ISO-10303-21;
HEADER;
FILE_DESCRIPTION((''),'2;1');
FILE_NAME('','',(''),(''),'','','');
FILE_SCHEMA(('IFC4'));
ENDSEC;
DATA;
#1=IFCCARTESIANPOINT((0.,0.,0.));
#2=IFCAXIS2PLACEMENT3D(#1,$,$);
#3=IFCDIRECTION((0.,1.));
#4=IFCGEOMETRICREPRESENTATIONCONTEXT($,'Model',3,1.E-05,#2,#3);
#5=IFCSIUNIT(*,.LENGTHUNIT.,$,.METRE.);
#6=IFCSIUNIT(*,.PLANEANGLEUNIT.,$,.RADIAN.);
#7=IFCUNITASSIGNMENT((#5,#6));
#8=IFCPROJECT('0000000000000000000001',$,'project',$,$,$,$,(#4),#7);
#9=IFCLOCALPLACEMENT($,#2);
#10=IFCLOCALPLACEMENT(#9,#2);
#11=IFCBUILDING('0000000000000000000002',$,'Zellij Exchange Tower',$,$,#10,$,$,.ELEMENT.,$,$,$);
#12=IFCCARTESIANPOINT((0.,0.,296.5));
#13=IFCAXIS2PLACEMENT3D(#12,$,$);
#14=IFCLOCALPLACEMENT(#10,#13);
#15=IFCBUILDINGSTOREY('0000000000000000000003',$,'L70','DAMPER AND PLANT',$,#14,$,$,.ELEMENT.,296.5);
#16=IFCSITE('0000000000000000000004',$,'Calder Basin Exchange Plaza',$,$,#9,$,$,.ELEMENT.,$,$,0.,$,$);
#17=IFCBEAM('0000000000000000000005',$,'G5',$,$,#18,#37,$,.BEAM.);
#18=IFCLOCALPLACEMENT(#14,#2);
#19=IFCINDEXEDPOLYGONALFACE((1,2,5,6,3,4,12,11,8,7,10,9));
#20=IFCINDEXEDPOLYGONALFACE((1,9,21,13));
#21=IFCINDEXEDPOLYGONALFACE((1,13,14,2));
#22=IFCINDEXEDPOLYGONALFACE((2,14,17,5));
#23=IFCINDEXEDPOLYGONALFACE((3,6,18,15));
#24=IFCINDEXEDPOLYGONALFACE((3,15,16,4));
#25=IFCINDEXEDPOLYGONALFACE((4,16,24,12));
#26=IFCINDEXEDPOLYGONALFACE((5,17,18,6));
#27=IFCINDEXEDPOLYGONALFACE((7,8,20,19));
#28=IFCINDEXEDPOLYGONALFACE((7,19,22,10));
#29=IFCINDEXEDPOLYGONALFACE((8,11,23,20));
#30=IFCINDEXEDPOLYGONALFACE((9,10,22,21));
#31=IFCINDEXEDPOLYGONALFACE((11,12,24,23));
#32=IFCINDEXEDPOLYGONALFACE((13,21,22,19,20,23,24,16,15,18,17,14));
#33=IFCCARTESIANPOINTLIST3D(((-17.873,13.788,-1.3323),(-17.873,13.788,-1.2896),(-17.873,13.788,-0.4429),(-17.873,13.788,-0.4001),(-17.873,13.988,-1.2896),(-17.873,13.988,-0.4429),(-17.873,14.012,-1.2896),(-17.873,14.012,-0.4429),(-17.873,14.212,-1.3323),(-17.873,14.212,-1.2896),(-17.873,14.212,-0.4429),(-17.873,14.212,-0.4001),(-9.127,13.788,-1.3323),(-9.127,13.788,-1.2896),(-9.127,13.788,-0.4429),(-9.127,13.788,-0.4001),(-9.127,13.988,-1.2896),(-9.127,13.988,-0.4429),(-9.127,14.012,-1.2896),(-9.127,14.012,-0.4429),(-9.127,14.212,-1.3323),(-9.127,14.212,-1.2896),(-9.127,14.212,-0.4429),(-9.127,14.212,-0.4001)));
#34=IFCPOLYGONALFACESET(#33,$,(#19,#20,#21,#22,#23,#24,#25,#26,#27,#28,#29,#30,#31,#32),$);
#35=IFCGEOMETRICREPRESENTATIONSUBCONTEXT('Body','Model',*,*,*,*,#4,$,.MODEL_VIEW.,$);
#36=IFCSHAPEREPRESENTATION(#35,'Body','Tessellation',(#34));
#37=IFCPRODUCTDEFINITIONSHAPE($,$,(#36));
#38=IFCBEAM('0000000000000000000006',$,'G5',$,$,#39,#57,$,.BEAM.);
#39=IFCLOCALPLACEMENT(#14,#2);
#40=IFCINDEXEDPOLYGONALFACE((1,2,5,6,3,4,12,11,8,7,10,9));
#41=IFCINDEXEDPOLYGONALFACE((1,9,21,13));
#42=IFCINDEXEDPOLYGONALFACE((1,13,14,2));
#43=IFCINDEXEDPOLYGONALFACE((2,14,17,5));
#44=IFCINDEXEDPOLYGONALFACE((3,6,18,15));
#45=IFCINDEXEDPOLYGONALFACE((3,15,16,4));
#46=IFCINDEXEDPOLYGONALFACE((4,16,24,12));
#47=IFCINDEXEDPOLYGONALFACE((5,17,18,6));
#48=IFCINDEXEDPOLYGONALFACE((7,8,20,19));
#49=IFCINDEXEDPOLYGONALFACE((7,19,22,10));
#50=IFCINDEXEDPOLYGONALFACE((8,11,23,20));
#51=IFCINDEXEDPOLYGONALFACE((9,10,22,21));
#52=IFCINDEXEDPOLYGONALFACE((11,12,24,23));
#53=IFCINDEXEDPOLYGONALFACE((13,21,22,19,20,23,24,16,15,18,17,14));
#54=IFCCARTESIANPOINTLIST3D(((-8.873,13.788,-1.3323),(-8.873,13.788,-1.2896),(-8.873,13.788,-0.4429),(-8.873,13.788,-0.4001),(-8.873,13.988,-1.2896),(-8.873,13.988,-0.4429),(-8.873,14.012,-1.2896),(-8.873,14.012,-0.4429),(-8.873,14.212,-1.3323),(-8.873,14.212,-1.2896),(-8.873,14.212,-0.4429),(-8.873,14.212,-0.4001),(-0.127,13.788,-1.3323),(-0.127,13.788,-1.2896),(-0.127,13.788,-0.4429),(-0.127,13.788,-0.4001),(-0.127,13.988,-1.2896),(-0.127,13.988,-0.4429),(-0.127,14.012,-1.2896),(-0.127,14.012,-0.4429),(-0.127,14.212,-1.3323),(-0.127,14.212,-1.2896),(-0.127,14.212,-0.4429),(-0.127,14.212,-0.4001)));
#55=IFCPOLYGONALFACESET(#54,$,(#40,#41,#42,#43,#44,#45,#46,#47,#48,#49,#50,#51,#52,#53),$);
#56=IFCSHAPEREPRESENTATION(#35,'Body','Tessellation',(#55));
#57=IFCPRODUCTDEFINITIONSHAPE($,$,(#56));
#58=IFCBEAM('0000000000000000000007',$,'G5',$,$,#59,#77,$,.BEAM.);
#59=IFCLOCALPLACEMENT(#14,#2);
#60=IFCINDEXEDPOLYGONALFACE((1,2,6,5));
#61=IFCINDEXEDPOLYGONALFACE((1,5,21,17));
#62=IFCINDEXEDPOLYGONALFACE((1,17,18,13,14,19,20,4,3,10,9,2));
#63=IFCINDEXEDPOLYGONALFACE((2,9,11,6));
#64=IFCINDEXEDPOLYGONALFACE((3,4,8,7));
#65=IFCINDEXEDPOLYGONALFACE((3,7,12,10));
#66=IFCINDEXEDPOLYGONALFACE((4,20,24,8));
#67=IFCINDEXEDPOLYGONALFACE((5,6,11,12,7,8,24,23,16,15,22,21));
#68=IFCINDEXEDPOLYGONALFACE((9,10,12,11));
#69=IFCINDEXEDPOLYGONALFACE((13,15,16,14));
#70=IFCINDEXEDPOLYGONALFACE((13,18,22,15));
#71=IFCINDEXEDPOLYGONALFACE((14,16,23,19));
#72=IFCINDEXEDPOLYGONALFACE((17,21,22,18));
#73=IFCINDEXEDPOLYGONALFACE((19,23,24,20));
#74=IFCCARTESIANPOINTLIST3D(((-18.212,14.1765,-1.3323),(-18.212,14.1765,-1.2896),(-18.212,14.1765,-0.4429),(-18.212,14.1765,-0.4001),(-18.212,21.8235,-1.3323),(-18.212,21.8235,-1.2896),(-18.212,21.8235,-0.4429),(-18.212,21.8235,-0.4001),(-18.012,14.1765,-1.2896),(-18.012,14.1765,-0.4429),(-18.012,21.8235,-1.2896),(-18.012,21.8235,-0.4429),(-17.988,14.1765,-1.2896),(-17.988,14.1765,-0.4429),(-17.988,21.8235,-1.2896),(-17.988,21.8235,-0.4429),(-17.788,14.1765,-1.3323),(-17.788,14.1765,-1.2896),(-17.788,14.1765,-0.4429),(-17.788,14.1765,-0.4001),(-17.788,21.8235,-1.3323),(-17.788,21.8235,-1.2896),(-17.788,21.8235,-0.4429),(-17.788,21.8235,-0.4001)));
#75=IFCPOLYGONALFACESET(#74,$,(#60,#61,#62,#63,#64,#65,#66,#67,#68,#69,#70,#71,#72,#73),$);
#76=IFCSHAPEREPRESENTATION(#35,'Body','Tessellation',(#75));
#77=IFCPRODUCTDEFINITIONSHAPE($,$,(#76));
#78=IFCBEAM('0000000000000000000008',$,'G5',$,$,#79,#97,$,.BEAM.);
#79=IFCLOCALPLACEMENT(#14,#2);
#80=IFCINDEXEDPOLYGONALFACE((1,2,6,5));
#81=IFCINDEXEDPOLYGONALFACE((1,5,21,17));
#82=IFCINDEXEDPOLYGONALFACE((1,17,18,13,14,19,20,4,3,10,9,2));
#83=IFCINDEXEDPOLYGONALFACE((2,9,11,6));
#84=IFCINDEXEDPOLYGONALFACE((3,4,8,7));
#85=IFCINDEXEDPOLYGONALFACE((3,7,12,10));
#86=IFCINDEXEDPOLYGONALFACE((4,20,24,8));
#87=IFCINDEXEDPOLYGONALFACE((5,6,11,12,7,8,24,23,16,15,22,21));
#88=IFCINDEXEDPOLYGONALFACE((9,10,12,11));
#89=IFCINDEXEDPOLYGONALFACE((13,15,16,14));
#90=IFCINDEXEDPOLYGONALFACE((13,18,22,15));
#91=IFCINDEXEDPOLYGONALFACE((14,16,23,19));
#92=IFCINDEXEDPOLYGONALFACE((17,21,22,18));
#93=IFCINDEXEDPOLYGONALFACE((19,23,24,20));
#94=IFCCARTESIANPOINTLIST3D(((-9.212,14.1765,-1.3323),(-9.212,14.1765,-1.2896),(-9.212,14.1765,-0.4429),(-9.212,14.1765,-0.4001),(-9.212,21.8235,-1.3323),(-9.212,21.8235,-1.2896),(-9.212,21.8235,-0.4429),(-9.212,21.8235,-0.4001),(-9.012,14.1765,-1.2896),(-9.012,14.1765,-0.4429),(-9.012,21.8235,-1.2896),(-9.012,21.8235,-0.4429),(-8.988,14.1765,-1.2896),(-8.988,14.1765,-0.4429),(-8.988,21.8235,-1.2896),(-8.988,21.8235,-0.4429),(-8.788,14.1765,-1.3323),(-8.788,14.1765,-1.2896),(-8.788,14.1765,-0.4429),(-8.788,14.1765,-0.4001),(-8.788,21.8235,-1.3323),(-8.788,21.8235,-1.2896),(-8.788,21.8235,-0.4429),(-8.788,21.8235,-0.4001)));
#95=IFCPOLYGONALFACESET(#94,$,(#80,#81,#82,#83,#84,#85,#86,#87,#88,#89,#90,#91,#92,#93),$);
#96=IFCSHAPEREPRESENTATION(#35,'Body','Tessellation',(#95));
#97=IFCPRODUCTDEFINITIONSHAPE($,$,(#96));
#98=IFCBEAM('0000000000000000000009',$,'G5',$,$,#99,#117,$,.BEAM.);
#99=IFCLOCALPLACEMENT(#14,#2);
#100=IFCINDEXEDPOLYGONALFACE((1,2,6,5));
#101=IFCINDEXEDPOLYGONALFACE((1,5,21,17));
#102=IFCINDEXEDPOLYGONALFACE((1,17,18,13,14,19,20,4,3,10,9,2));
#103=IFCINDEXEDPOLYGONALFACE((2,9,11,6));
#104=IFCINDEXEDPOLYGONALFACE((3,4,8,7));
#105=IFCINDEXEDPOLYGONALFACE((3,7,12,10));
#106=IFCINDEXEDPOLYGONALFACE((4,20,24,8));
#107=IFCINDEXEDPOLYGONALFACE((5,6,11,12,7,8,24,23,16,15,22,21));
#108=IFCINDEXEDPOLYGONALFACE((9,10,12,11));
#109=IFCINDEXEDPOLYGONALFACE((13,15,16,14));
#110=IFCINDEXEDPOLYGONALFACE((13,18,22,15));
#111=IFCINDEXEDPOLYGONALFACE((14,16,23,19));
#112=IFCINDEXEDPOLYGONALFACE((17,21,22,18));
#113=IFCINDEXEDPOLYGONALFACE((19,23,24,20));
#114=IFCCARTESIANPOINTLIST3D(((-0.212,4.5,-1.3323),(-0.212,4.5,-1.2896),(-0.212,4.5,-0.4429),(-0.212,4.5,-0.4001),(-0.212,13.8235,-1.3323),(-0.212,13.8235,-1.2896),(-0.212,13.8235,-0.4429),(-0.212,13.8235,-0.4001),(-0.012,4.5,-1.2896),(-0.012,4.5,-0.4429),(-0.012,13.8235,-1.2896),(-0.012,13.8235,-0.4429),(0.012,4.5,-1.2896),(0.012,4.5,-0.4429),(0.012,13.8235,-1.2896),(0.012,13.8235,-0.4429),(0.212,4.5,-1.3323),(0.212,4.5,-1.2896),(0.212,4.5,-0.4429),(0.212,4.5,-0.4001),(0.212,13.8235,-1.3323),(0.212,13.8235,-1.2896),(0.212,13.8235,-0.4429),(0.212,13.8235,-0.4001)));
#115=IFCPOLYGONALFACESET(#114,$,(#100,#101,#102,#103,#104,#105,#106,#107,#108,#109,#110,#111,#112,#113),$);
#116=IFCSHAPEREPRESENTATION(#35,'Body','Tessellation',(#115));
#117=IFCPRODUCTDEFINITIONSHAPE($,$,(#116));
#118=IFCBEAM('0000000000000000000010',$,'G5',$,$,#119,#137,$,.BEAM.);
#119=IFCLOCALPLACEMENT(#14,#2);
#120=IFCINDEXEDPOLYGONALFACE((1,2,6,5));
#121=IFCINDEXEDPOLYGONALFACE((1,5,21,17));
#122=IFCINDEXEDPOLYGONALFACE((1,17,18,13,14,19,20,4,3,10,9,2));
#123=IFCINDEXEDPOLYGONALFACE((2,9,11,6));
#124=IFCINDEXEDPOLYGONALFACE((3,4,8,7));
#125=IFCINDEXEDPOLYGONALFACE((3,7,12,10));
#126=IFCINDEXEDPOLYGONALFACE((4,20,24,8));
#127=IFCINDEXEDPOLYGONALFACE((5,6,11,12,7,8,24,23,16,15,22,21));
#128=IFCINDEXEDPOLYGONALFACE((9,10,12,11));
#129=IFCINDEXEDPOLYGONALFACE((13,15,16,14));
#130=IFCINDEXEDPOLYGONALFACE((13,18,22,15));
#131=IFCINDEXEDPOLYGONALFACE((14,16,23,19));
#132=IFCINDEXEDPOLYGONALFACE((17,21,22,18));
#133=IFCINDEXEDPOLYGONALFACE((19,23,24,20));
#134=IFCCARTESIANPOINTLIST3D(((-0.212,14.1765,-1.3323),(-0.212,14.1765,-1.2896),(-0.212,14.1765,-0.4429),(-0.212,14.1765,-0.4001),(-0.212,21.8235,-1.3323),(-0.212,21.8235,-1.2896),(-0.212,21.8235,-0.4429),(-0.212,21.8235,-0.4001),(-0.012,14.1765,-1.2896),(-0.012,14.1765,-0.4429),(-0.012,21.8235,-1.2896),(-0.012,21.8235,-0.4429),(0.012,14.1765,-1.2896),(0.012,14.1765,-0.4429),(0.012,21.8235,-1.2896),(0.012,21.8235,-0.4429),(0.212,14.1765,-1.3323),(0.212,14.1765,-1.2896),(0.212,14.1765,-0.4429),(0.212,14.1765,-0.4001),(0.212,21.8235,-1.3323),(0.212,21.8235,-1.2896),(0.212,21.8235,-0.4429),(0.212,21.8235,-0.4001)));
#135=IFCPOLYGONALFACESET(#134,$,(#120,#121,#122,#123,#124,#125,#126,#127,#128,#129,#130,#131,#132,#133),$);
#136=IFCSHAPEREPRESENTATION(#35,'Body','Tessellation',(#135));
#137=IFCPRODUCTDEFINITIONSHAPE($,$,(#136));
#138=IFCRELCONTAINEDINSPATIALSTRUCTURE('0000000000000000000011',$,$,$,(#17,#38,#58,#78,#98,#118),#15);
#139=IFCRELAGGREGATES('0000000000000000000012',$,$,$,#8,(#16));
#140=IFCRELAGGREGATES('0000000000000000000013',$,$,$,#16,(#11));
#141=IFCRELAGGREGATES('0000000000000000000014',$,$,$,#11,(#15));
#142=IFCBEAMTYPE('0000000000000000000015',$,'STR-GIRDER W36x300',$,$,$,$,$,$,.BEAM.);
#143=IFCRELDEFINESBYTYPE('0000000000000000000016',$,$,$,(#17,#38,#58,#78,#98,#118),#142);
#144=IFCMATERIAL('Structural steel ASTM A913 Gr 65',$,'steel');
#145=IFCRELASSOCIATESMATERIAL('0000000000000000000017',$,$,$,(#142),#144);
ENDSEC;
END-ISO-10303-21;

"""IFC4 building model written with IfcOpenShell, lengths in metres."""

from ifc_helpers import new_model, si_unit, direction, frame, origin, origin_2d, place, context, subcontext, project, spatial, i_section, extrude, material, material_profile, profile_set, type_object, element, save


model = new_model("IFC4")

# Units and contexts
model_context = context("Model", 3, precision=1e-05, world=origin(), true_north=direction((0.0, 1.0)))
body_context = subcontext(model_context, "Body", "Model", "MODEL_VIEW")
ifc_project = project(units=[si_unit("LENGTHUNIT", "METRE"), si_unit("PLANEANGLEUNIT", "RADIAN")], contexts=[model_context])

# Site, building, storey
site_placement = place(None, origin())
site = spatial("IfcSite", under=ifc_project, at=site_placement, Name="Calder Basin Exchange Plaza", CompositionType="ELEMENT", RefElevation=0.0)
building_placement = place(site_placement, origin())
building = spatial("IfcBuilding", under=site, at=building_placement, Name="Zellij Exchange Tower", CompositionType="ELEMENT")
storey_placement = place(building_placement, frame((0.0, 0.0, 296.5)))
storey = spatial("IfcBuildingStorey", under=building, at=storey_placement, Name="L70", Description="DAMPER AND PLANT", CompositionType="ELEMENT", Elevation=296.5)

# Shared definitions
ifc_material_1 = material(Name="Structural steel ASTM A913 Gr 65", Category="steel")

# Beams
ifc_material_profile_1 = material_profile(ifc_material_1, i_section(OverallWidth=0.4241, OverallDepth=0.9321, WebThickness=0.0239, FlangeThickness=0.0427, at=origin_2d()), Name="W36x300")
ifc_profile_set_1 = profile_set([ifc_material_profile_1], Name="Structural steel ASTM A913 Gr 65")
beam_type = type_object("IfcBeamType", Name="STR-GIRDER W36x300", PredefinedType="BEAM", material=ifc_profile_set_1)
for number, where, z_axis, x_axis, name in (
    (1, (-17.873, 14.0, -0.8662), (1.0, 0.0, 0.0), (0.0, 1.0, 0.0), "G5"),
    (2, (-8.873, 14.0, -0.8662), (1.0, 0.0, 0.0), (0.0, 1.0, 0.0), "G5"),
):
    element("IfcBeam", number, at=place(storey_placement, frame(where, z_axis=z_axis, x_axis=x_axis)), inside=storey, type_object=beam_type, Name=name, PredefinedType="BEAM", context=body_context, shape_type="SweptSolid", body=[
        extrude(i_section(OverallWidth=0.4241, OverallDepth=0.9321, WebThickness=0.0239, FlangeThickness=0.0427, at=origin_2d()), origin(), (0.0, 0.0, 1.0), 8.7461),
    ])
for number, where, z_axis, x_axis, name in (
    (3, (-18.0, 14.1765, -0.8662), (0.0, 1.0, 0.0), (-1.0, 0.0, 0.0), "G5"),
    (4, (-9.0, 14.1765, -0.8662), (0.0, 1.0, 0.0), (-1.0, 0.0, 0.0), "G5"),
):
    element("IfcBeam", number, at=place(storey_placement, frame(where, z_axis=z_axis, x_axis=x_axis)), inside=storey, type_object=beam_type, Name=name, PredefinedType="BEAM", context=body_context, shape_type="SweptSolid", body=[
        extrude(i_section(OverallWidth=0.4241, OverallDepth=0.9321, WebThickness=0.0239, FlangeThickness=0.0427, at=origin_2d()), origin(), (0.0, 0.0, 1.0), 7.647),
    ])
beam_1_placement = place(storey_placement, frame((0.0, 4.5, -0.8662), z_axis=(0.0, 1.0, 0.0), x_axis=(-1.0, 0.0, 0.0)))
element("IfcBeam", 5, at=beam_1_placement, inside=storey, type_object=beam_type, Name="G5", PredefinedType="BEAM", context=body_context, shape_type="SweptSolid", body=[
    extrude(i_section(OverallWidth=0.4241, OverallDepth=0.9321, WebThickness=0.0239, FlangeThickness=0.0427, at=origin_2d()), origin(), (0.0, 0.0, 1.0), 9.3235),
])
beam_2_placement = place(storey_placement, frame((0.0, 14.1765, -0.8662), z_axis=(0.0, 1.0, 0.0), x_axis=(-1.0, 0.0, 0.0)))
element("IfcBeam", 6, at=beam_2_placement, inside=storey, type_object=beam_type, Name="G5", PredefinedType="BEAM", context=body_context, shape_type="SweptSolid", body=[
    extrude(i_section(OverallWidth=0.4241, OverallDepth=0.9321, WebThickness=0.0239, FlangeThickness=0.0427, at=origin_2d()), origin(), (0.0, 0.0, 1.0), 7.647),
])

save(model, "model.ifc")
